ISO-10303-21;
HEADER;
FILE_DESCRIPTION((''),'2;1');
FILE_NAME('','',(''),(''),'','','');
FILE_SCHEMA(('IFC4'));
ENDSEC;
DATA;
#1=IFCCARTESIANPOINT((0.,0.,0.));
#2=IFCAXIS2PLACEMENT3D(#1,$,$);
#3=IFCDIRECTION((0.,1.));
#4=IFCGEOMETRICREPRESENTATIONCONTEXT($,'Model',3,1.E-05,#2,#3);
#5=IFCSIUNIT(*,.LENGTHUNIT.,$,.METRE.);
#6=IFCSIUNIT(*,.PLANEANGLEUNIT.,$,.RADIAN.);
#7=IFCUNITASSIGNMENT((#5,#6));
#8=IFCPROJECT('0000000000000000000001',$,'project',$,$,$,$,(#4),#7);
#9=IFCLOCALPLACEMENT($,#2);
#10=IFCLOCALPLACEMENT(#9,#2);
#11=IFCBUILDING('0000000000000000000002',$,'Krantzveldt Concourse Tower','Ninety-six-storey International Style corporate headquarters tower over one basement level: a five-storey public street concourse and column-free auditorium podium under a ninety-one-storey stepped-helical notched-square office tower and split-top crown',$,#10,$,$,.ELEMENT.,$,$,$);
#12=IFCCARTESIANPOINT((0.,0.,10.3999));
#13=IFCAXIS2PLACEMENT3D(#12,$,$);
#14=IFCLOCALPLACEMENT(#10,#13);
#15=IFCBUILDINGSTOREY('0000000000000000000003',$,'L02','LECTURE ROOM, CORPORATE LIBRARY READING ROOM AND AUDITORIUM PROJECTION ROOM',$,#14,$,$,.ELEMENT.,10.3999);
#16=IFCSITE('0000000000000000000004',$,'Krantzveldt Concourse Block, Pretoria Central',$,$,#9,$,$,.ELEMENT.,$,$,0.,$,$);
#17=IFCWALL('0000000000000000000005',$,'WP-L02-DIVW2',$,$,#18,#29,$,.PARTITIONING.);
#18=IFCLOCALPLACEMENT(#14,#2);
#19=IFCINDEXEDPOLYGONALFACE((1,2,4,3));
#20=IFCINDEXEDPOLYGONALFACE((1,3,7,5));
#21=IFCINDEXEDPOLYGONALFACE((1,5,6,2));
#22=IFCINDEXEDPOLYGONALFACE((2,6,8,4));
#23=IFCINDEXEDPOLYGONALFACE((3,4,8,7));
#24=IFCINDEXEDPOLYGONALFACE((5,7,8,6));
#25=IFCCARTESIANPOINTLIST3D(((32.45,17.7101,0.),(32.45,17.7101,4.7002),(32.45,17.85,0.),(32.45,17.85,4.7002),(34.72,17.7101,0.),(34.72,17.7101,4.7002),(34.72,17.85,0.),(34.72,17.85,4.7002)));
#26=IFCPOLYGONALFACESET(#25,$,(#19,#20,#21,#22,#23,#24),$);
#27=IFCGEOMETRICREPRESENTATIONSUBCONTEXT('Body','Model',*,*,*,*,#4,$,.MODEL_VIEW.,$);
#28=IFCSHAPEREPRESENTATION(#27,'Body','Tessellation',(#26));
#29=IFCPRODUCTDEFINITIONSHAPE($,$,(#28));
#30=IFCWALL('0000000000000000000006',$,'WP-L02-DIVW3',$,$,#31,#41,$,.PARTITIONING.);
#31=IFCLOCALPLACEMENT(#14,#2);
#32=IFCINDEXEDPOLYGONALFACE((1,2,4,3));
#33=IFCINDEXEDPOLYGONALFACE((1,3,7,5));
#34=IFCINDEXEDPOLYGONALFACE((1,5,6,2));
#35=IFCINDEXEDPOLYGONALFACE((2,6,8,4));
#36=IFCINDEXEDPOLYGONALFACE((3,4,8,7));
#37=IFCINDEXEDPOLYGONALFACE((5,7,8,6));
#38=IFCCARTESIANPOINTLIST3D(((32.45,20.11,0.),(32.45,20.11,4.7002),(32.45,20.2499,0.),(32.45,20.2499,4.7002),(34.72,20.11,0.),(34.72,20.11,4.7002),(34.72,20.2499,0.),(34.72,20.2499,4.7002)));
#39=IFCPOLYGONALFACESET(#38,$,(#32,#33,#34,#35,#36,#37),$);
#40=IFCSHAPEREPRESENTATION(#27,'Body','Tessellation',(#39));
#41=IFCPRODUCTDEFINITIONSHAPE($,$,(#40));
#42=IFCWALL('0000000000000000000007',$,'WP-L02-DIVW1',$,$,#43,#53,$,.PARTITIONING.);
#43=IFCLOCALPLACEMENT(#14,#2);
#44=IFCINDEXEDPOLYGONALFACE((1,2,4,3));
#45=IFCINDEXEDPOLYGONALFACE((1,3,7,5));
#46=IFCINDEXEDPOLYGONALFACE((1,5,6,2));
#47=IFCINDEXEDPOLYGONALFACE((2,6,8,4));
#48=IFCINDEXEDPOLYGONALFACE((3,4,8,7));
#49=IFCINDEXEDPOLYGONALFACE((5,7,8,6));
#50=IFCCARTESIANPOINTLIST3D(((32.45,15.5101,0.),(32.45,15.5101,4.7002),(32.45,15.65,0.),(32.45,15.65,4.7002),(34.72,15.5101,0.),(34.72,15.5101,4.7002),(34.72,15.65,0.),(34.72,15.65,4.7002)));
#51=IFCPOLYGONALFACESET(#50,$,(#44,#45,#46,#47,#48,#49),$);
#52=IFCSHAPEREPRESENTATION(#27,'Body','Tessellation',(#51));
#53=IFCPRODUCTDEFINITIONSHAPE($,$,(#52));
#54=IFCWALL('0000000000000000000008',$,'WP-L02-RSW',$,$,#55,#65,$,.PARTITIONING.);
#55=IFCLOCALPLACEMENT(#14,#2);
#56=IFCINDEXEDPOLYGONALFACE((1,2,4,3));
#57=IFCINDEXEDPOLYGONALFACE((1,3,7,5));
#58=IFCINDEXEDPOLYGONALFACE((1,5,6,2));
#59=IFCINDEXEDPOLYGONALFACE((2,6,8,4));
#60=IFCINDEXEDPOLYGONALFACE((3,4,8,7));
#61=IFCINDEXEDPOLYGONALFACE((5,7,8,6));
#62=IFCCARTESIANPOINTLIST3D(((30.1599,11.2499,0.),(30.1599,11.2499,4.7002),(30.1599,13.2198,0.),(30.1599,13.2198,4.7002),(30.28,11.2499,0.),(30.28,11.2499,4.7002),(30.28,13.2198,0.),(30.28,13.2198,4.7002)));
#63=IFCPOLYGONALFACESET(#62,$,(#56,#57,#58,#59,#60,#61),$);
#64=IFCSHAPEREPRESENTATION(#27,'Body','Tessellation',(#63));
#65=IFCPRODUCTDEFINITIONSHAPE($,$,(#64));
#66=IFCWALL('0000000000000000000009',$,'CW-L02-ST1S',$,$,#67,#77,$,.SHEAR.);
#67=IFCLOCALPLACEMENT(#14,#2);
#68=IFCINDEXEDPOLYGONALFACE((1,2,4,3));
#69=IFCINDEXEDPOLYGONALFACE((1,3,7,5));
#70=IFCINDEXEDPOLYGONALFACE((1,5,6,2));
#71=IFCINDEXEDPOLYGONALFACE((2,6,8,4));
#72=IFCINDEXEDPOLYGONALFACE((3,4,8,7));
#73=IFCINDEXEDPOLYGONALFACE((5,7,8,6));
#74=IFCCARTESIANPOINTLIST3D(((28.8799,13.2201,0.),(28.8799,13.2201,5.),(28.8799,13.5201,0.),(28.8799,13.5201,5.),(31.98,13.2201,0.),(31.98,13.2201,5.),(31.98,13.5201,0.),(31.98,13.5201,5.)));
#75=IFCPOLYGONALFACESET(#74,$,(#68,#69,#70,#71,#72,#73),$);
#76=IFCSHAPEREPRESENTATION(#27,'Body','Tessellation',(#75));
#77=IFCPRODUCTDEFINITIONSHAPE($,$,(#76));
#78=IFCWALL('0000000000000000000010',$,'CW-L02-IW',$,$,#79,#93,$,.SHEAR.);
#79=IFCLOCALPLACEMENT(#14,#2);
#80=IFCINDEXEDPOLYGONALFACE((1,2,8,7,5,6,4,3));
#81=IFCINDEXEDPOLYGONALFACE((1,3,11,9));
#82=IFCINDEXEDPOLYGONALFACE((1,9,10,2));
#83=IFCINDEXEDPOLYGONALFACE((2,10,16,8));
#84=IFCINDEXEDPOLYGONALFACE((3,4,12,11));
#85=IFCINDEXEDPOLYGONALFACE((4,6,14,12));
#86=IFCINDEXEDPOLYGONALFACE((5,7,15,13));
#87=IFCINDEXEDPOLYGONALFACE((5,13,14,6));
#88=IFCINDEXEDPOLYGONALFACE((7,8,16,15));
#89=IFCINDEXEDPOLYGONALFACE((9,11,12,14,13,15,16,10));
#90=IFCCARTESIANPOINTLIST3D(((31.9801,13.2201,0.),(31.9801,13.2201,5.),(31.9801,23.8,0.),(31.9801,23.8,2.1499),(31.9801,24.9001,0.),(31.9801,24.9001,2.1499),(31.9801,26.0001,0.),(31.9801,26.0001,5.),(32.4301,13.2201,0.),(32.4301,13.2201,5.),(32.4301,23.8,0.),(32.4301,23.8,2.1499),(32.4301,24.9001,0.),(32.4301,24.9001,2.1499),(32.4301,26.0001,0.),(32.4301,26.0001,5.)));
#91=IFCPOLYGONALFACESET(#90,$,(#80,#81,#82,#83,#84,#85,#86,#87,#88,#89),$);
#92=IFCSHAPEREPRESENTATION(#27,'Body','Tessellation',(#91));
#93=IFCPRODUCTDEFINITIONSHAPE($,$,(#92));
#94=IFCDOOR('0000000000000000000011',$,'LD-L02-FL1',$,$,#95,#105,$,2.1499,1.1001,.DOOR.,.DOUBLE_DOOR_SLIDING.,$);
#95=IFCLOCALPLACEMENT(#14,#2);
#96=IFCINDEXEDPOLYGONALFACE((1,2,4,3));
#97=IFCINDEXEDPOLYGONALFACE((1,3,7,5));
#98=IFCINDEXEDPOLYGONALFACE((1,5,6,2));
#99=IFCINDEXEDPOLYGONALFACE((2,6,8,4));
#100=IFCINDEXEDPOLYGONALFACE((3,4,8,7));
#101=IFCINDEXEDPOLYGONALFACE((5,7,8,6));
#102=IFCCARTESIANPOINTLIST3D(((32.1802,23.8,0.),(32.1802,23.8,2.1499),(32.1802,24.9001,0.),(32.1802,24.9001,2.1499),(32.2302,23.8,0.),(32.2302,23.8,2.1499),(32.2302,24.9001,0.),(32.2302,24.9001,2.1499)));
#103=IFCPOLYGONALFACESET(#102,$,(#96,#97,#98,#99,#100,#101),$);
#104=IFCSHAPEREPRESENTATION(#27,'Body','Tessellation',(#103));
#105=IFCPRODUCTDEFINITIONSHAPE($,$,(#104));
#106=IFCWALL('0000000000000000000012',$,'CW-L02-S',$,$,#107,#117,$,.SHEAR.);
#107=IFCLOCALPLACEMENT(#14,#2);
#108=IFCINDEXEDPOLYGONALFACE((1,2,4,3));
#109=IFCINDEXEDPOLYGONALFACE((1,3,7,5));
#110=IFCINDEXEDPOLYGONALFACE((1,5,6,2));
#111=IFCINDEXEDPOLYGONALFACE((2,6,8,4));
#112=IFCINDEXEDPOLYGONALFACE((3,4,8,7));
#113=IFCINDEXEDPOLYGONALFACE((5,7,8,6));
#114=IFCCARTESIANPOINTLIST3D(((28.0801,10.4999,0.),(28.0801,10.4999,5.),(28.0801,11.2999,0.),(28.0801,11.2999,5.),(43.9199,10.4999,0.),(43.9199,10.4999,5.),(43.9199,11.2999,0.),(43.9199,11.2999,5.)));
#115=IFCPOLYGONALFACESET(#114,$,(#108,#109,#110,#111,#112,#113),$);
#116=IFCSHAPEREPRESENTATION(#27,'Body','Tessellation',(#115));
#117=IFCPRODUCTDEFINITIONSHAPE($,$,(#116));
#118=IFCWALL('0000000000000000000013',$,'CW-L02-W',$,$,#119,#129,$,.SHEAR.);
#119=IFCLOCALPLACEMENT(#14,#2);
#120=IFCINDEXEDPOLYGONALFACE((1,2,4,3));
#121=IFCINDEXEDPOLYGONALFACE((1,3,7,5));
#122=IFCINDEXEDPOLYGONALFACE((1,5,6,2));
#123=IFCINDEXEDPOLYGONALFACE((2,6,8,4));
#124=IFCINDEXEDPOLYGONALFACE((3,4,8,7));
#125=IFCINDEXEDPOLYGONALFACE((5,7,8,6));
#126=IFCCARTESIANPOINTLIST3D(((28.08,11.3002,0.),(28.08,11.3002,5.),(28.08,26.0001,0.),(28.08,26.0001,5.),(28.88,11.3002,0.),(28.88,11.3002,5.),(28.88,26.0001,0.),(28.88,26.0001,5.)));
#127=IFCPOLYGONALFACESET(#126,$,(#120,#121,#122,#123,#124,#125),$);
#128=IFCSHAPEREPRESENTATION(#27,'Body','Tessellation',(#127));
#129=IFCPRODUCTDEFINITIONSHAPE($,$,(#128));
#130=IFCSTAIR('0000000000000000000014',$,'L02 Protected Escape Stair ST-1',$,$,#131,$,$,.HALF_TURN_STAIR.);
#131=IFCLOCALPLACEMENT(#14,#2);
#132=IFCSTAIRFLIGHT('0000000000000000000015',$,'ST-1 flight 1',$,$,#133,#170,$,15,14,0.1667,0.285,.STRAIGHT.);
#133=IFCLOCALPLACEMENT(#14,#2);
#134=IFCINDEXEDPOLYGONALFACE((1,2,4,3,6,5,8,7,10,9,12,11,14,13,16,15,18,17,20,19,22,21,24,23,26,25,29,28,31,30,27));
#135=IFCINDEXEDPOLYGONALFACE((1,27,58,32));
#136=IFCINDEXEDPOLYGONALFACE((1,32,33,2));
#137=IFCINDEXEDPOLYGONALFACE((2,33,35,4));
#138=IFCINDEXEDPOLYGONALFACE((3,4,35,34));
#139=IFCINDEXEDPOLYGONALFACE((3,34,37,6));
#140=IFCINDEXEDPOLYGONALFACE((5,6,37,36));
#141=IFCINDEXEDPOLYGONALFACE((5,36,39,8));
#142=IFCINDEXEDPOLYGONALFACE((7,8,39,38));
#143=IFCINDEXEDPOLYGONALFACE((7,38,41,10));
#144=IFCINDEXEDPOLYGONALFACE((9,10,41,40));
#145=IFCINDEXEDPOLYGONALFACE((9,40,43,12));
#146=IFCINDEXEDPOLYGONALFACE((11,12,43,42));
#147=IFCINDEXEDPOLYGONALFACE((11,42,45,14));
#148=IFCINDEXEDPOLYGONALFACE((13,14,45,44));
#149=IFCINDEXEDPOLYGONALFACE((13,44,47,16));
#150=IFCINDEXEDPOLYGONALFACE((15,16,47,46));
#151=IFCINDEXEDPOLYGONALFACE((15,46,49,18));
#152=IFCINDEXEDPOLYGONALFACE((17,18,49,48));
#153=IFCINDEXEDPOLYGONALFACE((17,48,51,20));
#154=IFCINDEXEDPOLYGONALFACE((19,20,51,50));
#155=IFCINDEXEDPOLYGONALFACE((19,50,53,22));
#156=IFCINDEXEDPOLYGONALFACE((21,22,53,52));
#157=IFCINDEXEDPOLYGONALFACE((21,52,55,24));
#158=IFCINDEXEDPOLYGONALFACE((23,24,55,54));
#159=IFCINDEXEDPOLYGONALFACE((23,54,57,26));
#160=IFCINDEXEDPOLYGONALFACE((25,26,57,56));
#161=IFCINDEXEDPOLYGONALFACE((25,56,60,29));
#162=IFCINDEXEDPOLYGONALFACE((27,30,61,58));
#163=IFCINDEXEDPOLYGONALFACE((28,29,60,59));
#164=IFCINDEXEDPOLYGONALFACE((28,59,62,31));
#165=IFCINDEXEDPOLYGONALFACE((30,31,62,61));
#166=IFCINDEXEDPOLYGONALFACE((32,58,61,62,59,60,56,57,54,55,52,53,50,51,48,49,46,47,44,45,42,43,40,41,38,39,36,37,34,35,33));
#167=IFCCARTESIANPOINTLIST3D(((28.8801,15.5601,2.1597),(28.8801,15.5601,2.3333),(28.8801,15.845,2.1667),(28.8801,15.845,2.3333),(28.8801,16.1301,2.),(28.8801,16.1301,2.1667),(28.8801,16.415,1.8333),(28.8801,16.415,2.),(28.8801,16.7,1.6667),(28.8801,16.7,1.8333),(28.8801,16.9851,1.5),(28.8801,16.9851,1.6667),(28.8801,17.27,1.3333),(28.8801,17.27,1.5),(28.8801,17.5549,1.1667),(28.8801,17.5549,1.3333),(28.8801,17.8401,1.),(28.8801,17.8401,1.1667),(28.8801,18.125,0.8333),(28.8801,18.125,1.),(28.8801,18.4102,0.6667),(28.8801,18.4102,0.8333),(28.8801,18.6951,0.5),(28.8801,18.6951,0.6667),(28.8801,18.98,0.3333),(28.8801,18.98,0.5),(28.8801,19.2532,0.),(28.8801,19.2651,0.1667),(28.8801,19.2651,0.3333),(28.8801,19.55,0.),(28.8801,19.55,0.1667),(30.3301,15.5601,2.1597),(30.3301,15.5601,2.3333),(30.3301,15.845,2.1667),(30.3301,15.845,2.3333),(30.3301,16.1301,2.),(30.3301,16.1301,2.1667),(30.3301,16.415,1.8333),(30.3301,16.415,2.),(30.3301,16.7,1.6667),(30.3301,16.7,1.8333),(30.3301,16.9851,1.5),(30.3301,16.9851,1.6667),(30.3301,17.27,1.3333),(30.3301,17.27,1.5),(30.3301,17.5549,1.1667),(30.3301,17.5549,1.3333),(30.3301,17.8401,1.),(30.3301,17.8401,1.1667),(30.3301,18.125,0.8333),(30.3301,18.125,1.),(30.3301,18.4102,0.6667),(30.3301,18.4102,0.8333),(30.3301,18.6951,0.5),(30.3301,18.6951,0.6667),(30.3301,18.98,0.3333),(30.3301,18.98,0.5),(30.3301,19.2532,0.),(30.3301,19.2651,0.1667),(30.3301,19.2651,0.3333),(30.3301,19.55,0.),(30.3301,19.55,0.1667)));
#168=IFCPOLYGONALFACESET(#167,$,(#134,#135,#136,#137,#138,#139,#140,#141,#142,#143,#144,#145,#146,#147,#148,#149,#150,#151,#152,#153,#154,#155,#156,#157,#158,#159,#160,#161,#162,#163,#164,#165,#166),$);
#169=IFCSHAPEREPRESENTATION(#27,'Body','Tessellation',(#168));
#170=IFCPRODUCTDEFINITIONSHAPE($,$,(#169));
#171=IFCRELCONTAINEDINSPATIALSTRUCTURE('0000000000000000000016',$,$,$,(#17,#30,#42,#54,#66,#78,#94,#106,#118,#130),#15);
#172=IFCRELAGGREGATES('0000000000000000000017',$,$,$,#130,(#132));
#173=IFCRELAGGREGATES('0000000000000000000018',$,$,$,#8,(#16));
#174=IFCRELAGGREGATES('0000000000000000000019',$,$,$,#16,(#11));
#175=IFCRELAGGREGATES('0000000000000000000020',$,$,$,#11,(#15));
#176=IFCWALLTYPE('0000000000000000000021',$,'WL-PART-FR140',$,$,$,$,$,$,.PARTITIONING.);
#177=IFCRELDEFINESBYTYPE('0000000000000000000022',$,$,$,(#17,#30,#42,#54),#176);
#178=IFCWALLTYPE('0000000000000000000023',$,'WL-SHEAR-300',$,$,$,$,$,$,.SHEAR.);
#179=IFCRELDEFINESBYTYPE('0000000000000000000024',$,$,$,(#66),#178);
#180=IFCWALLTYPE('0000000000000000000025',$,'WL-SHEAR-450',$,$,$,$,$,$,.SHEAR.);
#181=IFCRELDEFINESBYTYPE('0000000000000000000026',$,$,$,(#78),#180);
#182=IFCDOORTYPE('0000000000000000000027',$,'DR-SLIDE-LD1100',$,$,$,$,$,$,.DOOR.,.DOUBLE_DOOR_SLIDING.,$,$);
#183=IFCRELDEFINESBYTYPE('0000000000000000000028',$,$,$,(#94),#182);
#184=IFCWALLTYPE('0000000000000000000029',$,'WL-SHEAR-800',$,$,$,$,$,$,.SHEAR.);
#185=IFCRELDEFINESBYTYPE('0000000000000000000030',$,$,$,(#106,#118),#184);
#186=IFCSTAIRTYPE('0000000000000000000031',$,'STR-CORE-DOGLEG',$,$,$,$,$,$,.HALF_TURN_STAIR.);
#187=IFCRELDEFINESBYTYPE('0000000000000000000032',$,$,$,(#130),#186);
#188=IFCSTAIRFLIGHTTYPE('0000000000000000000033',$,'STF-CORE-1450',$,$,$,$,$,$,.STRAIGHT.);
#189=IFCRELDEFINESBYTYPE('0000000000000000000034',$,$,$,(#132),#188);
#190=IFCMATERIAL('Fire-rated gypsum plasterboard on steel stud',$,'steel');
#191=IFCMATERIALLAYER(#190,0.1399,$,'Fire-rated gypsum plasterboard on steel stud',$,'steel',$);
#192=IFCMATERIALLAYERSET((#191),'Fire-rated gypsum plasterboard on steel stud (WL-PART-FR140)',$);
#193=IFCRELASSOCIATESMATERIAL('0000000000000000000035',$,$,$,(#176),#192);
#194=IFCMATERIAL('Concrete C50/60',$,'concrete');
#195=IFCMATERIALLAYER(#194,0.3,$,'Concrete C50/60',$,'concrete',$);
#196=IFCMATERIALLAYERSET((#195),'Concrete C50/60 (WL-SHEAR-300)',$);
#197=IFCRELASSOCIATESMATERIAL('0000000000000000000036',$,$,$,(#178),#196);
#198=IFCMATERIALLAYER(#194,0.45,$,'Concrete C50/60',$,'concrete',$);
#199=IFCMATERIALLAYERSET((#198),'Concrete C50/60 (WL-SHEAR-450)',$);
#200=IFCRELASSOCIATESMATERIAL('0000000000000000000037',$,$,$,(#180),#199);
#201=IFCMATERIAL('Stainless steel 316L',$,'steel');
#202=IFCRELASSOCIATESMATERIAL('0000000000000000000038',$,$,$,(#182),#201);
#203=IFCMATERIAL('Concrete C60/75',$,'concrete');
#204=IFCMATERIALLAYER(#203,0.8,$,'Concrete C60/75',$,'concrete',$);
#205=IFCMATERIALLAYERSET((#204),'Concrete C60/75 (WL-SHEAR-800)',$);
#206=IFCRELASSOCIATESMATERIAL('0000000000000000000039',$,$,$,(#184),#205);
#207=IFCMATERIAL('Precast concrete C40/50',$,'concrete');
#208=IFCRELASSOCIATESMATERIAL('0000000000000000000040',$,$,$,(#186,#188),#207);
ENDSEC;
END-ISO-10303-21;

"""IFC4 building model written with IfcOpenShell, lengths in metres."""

from ifc_helpers import new_model, si_unit, direction, frame, frame_2d, origin, place, context, subcontext, project, spatial, polyline, rectangle, outline, extrude, material, layer, layer_set, type_object, element, fill, aggregate, save


model = new_model("IFC4")

# Units and contexts
model_context = context("Model", 3, precision=1e-05, world=origin(), true_north=direction((0.0, 1.0)))
body_context = subcontext(model_context, "Body", "Model", "MODEL_VIEW")
ifc_project = project(units=[si_unit("LENGTHUNIT", "METRE"), si_unit("PLANEANGLEUNIT", "RADIAN")], contexts=[model_context])

# Site, building, storey
site_placement = place(None, origin())
site = spatial("IfcSite", under=ifc_project, at=site_placement, Name="Krantzveldt Concourse Block, Pretoria Central", CompositionType="ELEMENT", RefElevation=0.0)
building_placement = place(site_placement, origin())
building = spatial("IfcBuilding", under=site, at=building_placement, Name="Krantzveldt Concourse Tower", Description="Ninety-six-storey International Style corporate headquarters tower over one basement level: a five-storey public street concourse and column-free auditorium podium under a ninety-one-storey stepped-helical notched-square office tower and split-top crown", CompositionType="ELEMENT")
storey_placement = place(building_placement, frame((0.0, 0.0, 10.3999)))
storey = spatial("IfcBuildingStorey", under=building, at=storey_placement, Name="L02", Description="LECTURE ROOM, CORPORATE LIBRARY READING ROOM AND AUDITORIUM PROJECTION ROOM", CompositionType="ELEMENT", Elevation=10.3999)

# Shared definitions
ifc_material_1 = material(Name="Concrete C60/75", Category="concrete")
ifc_material_2 = material(Name="Concrete C50/60", Category="concrete")

# Shared definitions
ifc_material_3 = material(Name="Fire-rated gypsum plasterboard on steel stud", Category="steel")

# Walls
ifc_layer_1 = layer(ifc_material_3, 0.1399, Name="Fire-rated gypsum plasterboard on steel stud", Category="steel")
ifc_layer_set_1 = layer_set([ifc_layer_1], Name="Fire-rated gypsum plasterboard on steel stud (WL-PART-FR140)")
wall_type_1 = type_object("IfcWallType", Name="WL-PART-FR140", PredefinedType="PARTITIONING", material=ifc_layer_set_1)
for number, where, z_axis, x_axis, name in (
    (1, (32.45, 17.78, 0.0), (0.0, 0.0, 1.0), (1.0, 0.0, 0.0), "WP-L02-DIVW2"),
    (2, (32.45, 20.1799, 0.0), (0.0, 0.0, 1.0), (1.0, 0.0, 0.0), "WP-L02-DIVW3"),
    (3, (32.45, 15.5801, 0.0), (0.0, 0.0, 1.0), (1.0, 0.0, 0.0), "WP-L02-DIVW1"),
):
    element("IfcWall", number, at=place(storey_placement, frame(where, z_axis=z_axis, x_axis=x_axis)), inside=storey, type_object=wall_type_1, Name=name, PredefinedType="PARTITIONING", context=body_context, shape_type="SweptSolid", body=[
        extrude(rectangle(XDim=2.27, YDim=0.1399, at=frame_2d((1.135, 0.0))), origin(), (0.0, 0.0, 1.0), 4.7002),
    ])
wall_1_placement = place(storey_placement, frame((30.22, 11.25, 0.0), z_axis=(0.0, 0.0, 1.0), x_axis=(0.0, 1.0, 0.0)))
element("IfcWall", 4, at=wall_1_placement, inside=storey, type_object=wall_type_1, Name="WP-L02-RSW", PredefinedType="PARTITIONING", context=body_context, shape_type="SweptSolid", body=[
    extrude(rectangle(XDim=1.97, YDim=0.1201, at=frame_2d((0.9849, 0.0))), origin(), (0.0, 0.0, 1.0), 4.7002),
])
ifc_layer_2 = layer(ifc_material_2, 0.3, Name="Concrete C50/60", Category="concrete")
ifc_layer_set_2 = layer_set([ifc_layer_2], Name="Concrete C50/60 (WL-SHEAR-300)")
wall_type_2 = type_object("IfcWallType", Name="WL-SHEAR-300", PredefinedType="SHEAR", material=ifc_layer_set_2)
wall_2_placement = place(storey_placement, frame((28.8799, 13.3701, 0.0), z_axis=(0.0, 0.0, 1.0), x_axis=(1.0, 0.0, 0.0)))
element("IfcWall", 5, at=wall_2_placement, inside=storey, type_object=wall_type_2, Name="CW-L02-ST1S", PredefinedType="SHEAR", context=body_context, shape_type="SweptSolid", body=[
    extrude(rectangle(XDim=3.1001, YDim=0.3, at=frame_2d((1.55, 0.0))), origin(), (0.0, 0.0, 1.0), 5.0),
])

# Wall, opening, door
ifc_layer_3 = layer(ifc_material_2, 0.45, Name="Concrete C50/60", Category="concrete")
ifc_layer_set_3 = layer_set([ifc_layer_3], Name="Concrete C50/60 (WL-SHEAR-450)")
wall_type_3 = type_object("IfcWallType", Name="WL-SHEAR-450", PredefinedType="SHEAR", material=ifc_layer_set_3)
wall_3_placement = place(storey_placement, frame((32.2051, 13.22, 0.0), z_axis=(0.0, 0.0, 1.0), x_axis=(0.0, 1.0, 0.0)))
wall_3 = element("IfcWall", 6, at=wall_3_placement, inside=storey, type_object=wall_type_3, Name="CW-L02-IW", PredefinedType="SHEAR", context=body_context, shape_type="SweptSolid", body=[
    extrude(rectangle(XDim=12.78, YDim=0.45, at=frame_2d((6.3901, 0.0))), origin(), (0.0, 0.0, 1.0), 5.0),
])
opening_1_placement = place(wall_3_placement, frame((10.5801, 0.0, 0.0)))
opening_1 = element("IfcOpeningElement", 7, at=opening_1_placement, cuts=wall_3, PredefinedType="OPENING", context=body_context, shape_type="SweptSolid", body=[
    extrude(rectangle(XDim=1.1001, YDim=2.1499, at=frame_2d((0.55, 1.075))), frame((0.0, 0.2349, 0.0), z_axis=(0.0, -1.0, 0.0), x_axis=(1.0, 0.0, 0.0)), (0.0, 0.0, 1.0), 0.47),
])
ifc_material_4 = material(Name="Stainless steel 316L", Category="steel")
door_type_1 = type_object("IfcDoorType", Name="DR-SLIDE-LD1100", OperationType="DOUBLE_DOOR_SLIDING", PredefinedType="DOOR", material=ifc_material_4)
door_1_placement = place(opening_1_placement, origin())
door_1 = element("IfcDoor", 8, at=door_1_placement, inside=storey, type_object=door_type_1, Name="LD-L02-FL1", OperationType="DOUBLE_DOOR_SLIDING", OverallHeight=2.1499, OverallWidth=1.1001, PredefinedType="DOOR", context=body_context, shape_type="SweptSolid", body=[
    extrude(rectangle(XDim=1.1001, YDim=2.1499, at=frame_2d((0.55, 1.075))), frame((0.0, 0.0249, 0.0), z_axis=(0.0, -1.0, 0.0), x_axis=(1.0, 0.0, 0.0)), (0.0, 0.0, 1.0), 0.05),
])
fill(opening_1, door_1)

# Walls
ifc_layer_4 = layer(ifc_material_1, 0.8, Name="Concrete C60/75", Category="concrete")
ifc_layer_set_4 = layer_set([ifc_layer_4], Name="Concrete C60/75 (WL-SHEAR-800)")
wall_type_4 = type_object("IfcWallType", Name="WL-SHEAR-800", PredefinedType="SHEAR", material=ifc_layer_set_4)
wall_4_placement = place(storey_placement, frame((28.0801, 10.8999, 0.0), z_axis=(0.0, 0.0, 1.0), x_axis=(1.0, 0.0, 0.0)))
element("IfcWall", 9, at=wall_4_placement, inside=storey, type_object=wall_type_4, Name="CW-L02-S", PredefinedType="SHEAR", context=body_context, shape_type="SweptSolid", body=[
    extrude(rectangle(XDim=15.8398, YDim=0.8, at=frame_2d((7.9199, 0.0))), origin(), (0.0, 0.0, 1.0), 5.0),
])
wall_5_placement = place(storey_placement, frame((28.48, 11.3, 0.0), z_axis=(0.0, 0.0, 1.0), x_axis=(0.0, 1.0, 0.0)))
element("IfcWall", 10, at=wall_5_placement, inside=storey, type_object=wall_type_4, Name="CW-L02-W", PredefinedType="SHEAR", context=body_context, shape_type="SweptSolid", body=[
    extrude(rectangle(XDim=14.7, YDim=0.8, at=frame_2d((7.3501, 0.0))), origin(), (0.0, 0.0, 1.0), 5.0),
])

# Stair, stair flight
ifc_material_5 = material(Name="Precast concrete C40/50", Category="concrete")
stair_type = type_object("IfcStairType", Name="STR-CORE-DOGLEG", PredefinedType="HALF_TURN_STAIR", material=ifc_material_5)
stair_placement = place(storey_placement, origin())
stair = element("IfcStair", 11, at=stair_placement, inside=storey, type_object=stair_type, Name="L02 Protected Escape Stair ST-1", PredefinedType="HALF_TURN_STAIR")
stair_flight_type = type_object("IfcStairFlightType", Name="STF-CORE-1450", PredefinedType="STRAIGHT", material=ifc_material_5)
stair_flight_1_placement = place(storey_placement, frame((29.605, 19.55, 0.0), z_axis=(0.0, 0.0, 1.0), x_axis=(0.0, -1.0, 0.0)))
stair_flight_1 = element("IfcStairFlight", 12, at=stair_flight_1_placement, type_object=stair_flight_type, Name="ST-1 flight 1", NumberOfRisers=15, NumberOfTreads=14, PredefinedType="STRAIGHT", RiserHeight=0.1667, TreadLength=0.285, context=body_context, shape_type="SweptSolid", body=[
    extrude(outline(polyline([(0.0, 0.0), (0.0, 0.1667), (0.2849, 0.1667), (0.2849, 0.3333), (0.5701, 0.3333), (0.5701, 0.5), (0.855, 0.5), (0.855, 0.6667), (1.1399, 0.6667), (1.1399, 0.8333), (1.425, 0.8333), (1.425, 1.0), (1.71, 1.0), (1.71, 1.1667), (1.9951, 1.1667), (1.9951, 1.3333), (2.28, 1.3333), (2.28, 1.5), (2.5649, 1.5), (2.5649, 1.6667), (2.8501, 1.6667), (2.8501, 1.8333), (3.135, 1.8333), (3.135, 2.0), (3.4199, 2.0), (3.4199, 2.1667), (3.7051, 2.1667), (3.7051, 2.3333), (3.99, 2.3333), (3.99, 2.5), (3.99, 2.1597), (0.2969, 0.0), (0.0, 0.0)])), frame((0.0, 0.7251, 0.0), z_axis=(0.0, -1.0, 0.0), x_axis=(1.0, 0.0, 0.0)), (0.0, 0.0, 1.0), 1.45),
])
aggregate(stair, [stair_flight_1])

save(model, "model.ifc")
